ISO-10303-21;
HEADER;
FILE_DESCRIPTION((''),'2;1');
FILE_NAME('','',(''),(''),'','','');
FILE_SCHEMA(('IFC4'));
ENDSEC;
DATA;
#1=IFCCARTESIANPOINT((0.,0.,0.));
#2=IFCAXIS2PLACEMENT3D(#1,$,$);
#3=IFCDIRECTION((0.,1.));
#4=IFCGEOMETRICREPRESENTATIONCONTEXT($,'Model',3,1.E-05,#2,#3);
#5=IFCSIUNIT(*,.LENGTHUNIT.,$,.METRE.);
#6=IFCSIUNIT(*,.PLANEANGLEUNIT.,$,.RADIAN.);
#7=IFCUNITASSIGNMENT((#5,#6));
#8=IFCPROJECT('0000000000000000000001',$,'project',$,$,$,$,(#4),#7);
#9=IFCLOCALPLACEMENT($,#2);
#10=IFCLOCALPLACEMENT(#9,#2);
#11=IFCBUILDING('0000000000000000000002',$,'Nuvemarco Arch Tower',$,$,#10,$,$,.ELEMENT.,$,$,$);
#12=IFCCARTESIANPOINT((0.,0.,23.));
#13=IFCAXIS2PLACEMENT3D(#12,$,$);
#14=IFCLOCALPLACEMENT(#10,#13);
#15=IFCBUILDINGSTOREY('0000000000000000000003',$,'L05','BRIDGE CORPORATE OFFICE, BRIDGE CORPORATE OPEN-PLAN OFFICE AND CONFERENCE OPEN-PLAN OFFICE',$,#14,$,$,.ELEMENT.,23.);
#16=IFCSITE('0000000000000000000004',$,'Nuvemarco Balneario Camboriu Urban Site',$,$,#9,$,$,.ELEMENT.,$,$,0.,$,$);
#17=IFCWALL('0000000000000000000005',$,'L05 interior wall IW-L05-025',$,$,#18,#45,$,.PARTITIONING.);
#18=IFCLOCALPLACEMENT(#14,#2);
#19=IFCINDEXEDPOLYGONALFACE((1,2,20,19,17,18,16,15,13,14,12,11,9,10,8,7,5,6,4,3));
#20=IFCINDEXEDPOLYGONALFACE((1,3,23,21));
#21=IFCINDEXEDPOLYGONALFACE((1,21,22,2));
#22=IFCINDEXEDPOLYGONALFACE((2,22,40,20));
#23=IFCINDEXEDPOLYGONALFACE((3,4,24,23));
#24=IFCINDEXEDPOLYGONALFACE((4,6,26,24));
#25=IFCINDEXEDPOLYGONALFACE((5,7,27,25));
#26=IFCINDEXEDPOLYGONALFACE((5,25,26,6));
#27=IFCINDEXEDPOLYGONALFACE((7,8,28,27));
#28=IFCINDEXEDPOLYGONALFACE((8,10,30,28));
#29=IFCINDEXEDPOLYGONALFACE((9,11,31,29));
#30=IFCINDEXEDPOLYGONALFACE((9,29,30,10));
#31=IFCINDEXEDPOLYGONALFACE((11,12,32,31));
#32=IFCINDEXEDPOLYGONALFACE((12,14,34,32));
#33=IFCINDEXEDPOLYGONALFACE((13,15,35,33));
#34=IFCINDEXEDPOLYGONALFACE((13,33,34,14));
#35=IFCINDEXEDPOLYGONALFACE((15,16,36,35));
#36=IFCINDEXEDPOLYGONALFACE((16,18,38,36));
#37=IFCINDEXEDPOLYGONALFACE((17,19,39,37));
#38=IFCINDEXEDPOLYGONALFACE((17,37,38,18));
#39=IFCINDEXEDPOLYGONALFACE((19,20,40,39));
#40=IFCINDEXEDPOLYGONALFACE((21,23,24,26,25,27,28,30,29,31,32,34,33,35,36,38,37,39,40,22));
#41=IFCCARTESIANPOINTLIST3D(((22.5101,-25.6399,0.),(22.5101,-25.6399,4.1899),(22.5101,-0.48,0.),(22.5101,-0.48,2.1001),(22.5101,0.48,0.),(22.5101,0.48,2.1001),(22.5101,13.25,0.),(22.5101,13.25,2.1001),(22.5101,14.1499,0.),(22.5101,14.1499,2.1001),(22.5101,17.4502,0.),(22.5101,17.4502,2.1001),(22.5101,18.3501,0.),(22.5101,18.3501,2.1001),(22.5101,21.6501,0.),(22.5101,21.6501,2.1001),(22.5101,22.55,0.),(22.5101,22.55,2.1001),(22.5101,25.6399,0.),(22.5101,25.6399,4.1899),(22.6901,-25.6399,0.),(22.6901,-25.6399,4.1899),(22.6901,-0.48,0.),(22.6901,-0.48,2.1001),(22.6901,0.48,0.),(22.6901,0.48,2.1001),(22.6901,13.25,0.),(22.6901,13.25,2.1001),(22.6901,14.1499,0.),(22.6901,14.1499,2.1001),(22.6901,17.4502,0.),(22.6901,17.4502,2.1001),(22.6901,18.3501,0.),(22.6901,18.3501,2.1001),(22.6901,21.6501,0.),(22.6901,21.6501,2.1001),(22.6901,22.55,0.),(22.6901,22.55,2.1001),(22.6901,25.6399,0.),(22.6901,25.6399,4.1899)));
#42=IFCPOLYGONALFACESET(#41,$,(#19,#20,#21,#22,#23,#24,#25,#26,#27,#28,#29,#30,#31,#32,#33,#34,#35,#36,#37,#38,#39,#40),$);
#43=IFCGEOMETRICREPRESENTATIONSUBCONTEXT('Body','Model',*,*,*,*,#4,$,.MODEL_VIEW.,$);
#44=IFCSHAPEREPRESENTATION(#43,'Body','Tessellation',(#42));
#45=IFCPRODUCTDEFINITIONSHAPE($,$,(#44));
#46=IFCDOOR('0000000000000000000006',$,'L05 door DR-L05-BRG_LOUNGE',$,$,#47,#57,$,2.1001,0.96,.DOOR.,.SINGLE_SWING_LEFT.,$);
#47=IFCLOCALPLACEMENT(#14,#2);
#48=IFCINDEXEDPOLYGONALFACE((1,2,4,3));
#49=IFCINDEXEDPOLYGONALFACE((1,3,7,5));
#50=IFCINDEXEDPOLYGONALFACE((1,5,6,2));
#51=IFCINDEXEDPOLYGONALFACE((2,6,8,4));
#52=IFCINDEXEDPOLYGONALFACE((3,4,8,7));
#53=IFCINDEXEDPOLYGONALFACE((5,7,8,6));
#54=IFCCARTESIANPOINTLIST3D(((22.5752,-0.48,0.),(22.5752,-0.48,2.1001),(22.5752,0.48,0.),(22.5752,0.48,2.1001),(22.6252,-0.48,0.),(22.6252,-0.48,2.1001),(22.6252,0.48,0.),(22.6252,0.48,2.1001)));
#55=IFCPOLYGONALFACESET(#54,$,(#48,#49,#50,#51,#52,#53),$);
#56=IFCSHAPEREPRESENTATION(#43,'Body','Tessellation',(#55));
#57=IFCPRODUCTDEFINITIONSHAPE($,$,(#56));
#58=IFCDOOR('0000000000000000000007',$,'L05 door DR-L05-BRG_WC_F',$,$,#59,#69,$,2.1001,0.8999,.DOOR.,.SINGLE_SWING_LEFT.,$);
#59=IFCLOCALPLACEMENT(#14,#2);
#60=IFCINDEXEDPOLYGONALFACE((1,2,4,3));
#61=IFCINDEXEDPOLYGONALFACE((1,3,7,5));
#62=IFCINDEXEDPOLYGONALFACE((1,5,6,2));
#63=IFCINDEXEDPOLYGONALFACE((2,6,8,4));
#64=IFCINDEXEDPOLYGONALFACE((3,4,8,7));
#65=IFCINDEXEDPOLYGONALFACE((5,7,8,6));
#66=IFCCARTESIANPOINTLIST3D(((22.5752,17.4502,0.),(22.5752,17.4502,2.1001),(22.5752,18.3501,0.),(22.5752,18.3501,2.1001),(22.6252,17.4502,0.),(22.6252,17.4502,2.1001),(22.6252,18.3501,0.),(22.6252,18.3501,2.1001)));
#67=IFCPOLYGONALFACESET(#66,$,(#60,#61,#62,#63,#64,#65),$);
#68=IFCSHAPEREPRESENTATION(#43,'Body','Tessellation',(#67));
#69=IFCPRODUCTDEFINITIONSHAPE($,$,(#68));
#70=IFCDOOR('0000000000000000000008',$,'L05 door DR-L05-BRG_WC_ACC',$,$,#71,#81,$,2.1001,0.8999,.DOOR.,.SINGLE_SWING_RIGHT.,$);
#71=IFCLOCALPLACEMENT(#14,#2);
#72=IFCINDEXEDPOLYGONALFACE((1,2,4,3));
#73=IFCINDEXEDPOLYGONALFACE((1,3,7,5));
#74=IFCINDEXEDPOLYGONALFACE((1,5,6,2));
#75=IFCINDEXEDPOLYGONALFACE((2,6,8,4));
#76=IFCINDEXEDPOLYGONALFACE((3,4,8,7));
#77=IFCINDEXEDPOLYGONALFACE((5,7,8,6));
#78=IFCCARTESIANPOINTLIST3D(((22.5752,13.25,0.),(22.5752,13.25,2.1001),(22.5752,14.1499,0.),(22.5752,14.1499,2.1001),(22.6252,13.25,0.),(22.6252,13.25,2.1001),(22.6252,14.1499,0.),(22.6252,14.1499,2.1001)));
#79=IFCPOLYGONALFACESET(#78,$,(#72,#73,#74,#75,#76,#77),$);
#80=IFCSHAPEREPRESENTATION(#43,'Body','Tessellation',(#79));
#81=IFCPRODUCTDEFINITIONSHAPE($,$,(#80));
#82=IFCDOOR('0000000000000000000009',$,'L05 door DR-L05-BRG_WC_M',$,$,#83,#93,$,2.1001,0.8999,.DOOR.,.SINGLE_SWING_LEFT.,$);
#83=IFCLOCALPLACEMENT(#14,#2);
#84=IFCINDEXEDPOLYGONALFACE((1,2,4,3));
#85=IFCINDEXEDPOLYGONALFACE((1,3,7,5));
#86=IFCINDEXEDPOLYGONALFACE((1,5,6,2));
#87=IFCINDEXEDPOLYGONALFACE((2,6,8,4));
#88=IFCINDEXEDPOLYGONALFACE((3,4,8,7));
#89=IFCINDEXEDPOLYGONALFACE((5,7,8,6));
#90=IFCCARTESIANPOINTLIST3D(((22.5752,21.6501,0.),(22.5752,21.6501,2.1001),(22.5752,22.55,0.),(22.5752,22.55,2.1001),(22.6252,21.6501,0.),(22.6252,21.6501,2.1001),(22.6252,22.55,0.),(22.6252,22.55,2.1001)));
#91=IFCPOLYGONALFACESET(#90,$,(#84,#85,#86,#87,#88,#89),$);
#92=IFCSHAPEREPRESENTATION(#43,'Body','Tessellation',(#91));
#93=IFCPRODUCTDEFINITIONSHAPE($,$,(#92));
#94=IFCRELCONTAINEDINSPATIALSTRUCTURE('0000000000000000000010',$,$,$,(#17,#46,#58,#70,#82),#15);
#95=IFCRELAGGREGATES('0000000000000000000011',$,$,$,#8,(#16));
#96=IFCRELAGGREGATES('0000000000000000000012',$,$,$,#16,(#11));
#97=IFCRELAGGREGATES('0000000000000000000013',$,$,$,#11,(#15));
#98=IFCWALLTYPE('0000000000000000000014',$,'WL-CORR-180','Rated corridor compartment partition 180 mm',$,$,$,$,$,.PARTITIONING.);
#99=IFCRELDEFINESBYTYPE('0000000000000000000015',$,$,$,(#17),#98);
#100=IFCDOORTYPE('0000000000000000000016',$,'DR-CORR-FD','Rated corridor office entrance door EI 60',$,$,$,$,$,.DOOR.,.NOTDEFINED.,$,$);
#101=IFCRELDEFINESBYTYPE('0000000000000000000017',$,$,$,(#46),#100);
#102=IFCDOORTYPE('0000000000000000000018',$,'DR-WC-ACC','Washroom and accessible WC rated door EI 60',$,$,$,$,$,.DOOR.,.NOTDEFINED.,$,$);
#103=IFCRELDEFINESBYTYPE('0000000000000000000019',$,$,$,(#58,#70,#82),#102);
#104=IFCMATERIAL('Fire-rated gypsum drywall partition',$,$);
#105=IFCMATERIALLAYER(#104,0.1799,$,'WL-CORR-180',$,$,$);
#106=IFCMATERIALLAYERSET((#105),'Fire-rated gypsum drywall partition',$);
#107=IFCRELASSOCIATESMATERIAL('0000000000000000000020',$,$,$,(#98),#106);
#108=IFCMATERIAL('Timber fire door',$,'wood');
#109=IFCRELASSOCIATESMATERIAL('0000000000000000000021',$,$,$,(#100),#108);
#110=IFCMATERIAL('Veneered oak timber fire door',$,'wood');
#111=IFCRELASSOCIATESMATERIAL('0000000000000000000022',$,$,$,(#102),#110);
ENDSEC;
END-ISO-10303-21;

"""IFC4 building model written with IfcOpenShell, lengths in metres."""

from ifc_helpers import new_model, si_unit, direction, frame, frame_2d, origin, place, context, subcontext, project, spatial, rectangle, extrude, source, transform, mapped, material, layer, layer_set, type_object, type_shapes, element, fill, save


model = new_model("IFC4")

# Units and contexts
model_context = context("Model", 3, precision=1e-05, world=origin(), true_north=direction((0.0, 1.0)))
body_context = subcontext(model_context, "Body", "Model", "MODEL_VIEW")
ifc_project = project(units=[si_unit("LENGTHUNIT", "METRE"), si_unit("PLANEANGLEUNIT", "RADIAN")], contexts=[model_context])

# Site, building, storey
site_placement = place(None, origin())
site = spatial("IfcSite", under=ifc_project, at=site_placement, Name="Nuvemarco Balneario Camboriu Urban Site", CompositionType="ELEMENT", RefElevation=0.0)
building_placement = place(site_placement, origin())
building = spatial("IfcBuilding", under=site, at=building_placement, Name="Nuvemarco Arch Tower", CompositionType="ELEMENT")
storey_placement = place(building_placement, frame((0.0, 0.0, 23.0)))
storey = spatial("IfcBuildingStorey", under=building, at=storey_placement, Name="L05", Description="BRIDGE CORPORATE OFFICE, BRIDGE CORPORATE OPEN-PLAN OFFICE AND CONFERENCE OPEN-PLAN OFFICE", CompositionType="ELEMENT", Elevation=23.0)

# Wall, openings, doors
ifc_material_1 = material(Name="Fire-rated gypsum drywall partition")
ifc_layer_1 = layer(ifc_material_1, 0.1799, Name="WL-CORR-180")
ifc_layer_set_1 = layer_set([ifc_layer_1], Name="Fire-rated gypsum drywall partition")
wall_type_1 = type_object("IfcWallType", Name="WL-CORR-180", Description="Rated corridor compartment partition 180 mm", PredefinedType="PARTITIONING", material=ifc_layer_set_1)
wall_1_placement = place(storey_placement, frame((22.6001, -25.6399, 0.0), z_axis=(0.0, 0.0, 1.0), x_axis=(0.0, 1.0, 0.0)))
wall_1 = element("IfcWall", 1, at=wall_1_placement, inside=storey, type_object=wall_type_1, Name="L05 interior wall IW-L05-025", PredefinedType="PARTITIONING", context=body_context, shape_type="SweptSolid", body=[
    extrude(rectangle(XDim=51.2798, YDim=0.1799, at=frame_2d((25.6399, 0.0))), origin(), (0.0, 0.0, 1.0), 4.1899),
])
opening_1_placement = place(wall_1_placement, frame((25.1599, 0.0, 0.0)))
opening_1 = element("IfcOpeningElement", 2, at=opening_1_placement, cuts=wall_1, PredefinedType="OPENING", context=body_context, shape_type="SweptSolid", body=[
    extrude(rectangle(XDim=0.96, YDim=2.1001, at=frame_2d((0.48, 1.05))), frame((0.0, 0.0999, 0.0), z_axis=(0.0, -1.0, 0.0), x_axis=(1.0, 0.0, 0.0)), (0.0, 0.0, 1.0), 0.2),
])
opening_2_placement = place(wall_1_placement, frame((43.0901, 0.0, 0.0)))
opening_2 = element("IfcOpeningElement", 3, at=opening_2_placement, cuts=wall_1, PredefinedType="OPENING", context=body_context, shape_type="SweptSolid", body=[
    extrude(rectangle(XDim=0.8999, YDim=2.1001, at=frame_2d((0.45, 1.05))), frame((0.0, 0.0999, 0.0), z_axis=(0.0, -1.0, 0.0), x_axis=(1.0, 0.0, 0.0)), (0.0, 0.0, 1.0), 0.2),
])
opening_3_placement = place(wall_1_placement, frame((38.8899, 0.0, 0.0)))
opening_3 = element("IfcOpeningElement", 4, at=opening_3_placement, cuts=wall_1, PredefinedType="OPENING", context=body_context, shape_type="SweptSolid", body=[
    extrude(rectangle(XDim=0.8999, YDim=2.1001, at=frame_2d((0.45, 1.05))), frame((0.0, 0.0999, 0.0), z_axis=(0.0, -1.0, 0.0), x_axis=(1.0, 0.0, 0.0)), (0.0, 0.0, 1.0), 0.2),
])
opening_4_placement = place(wall_1_placement, frame((47.29, 0.0, 0.0)))
opening_4 = element("IfcOpeningElement", 5, at=opening_4_placement, cuts=wall_1, PredefinedType="OPENING", context=body_context, shape_type="SweptSolid", body=[
    extrude(rectangle(XDim=0.8999, YDim=2.1001, at=frame_2d((0.45, 1.05))), frame((0.0, 0.0999, 0.0), z_axis=(0.0, -1.0, 0.0), x_axis=(1.0, 0.0, 0.0)), (0.0, 0.0, 1.0), 0.2),
])
ifc_material_2 = material(Name="Timber fire door", Category="wood")
door_type_1 = type_object("IfcDoorType", Name="DR-CORR-FD", Description="Rated corridor office entrance door EI 60", OperationType="NOTDEFINED", PredefinedType="DOOR", material=ifc_material_2)
shared_shape_1 = source(origin(), body_context, "Body", "SweptSolid", [
    extrude(rectangle(XDim=0.96, YDim=2.1001, at=frame_2d((0.48, 1.05))), frame((0.0, 0.0249, 0.0), z_axis=(0.0, -1.0, 0.0), x_axis=(1.0, 0.0, 0.0)), (0.0, 0.0, 1.0), 0.05),
])
type_shapes(door_type_1, [shared_shape_1])
door_1_placement = place(opening_1_placement, origin())
door_1 = element("IfcDoor", 6, at=door_1_placement, inside=storey, type_object=door_type_1, Name="L05 door DR-L05-BRG_LOUNGE", OperationType="SINGLE_SWING_LEFT", OverallHeight=2.1001, OverallWidth=0.96, PredefinedType="DOOR", context=body_context, shape_type="MappedRepresentation", body=[
    mapped(shared_shape_1, transform((0.0, 0.0, 0.0), scale=1.0)),
])
fill(opening_1, door_1)
ifc_material_3 = material(Name="Veneered oak timber fire door", Category="wood")
door_type_2 = type_object("IfcDoorType", Name="DR-WC-ACC", Description="Washroom and accessible WC rated door EI 60", OperationType="NOTDEFINED", PredefinedType="DOOR", material=ifc_material_3)
shared_shape_2 = source(origin(), body_context, "Body", "SweptSolid", [
    extrude(rectangle(XDim=0.8999, YDim=2.1001, at=frame_2d((0.45, 1.05))), frame((0.0, 0.0249, 0.0), z_axis=(0.0, -1.0, 0.0), x_axis=(1.0, 0.0, 0.0)), (0.0, 0.0, 1.0), 0.05),
])
type_shapes(door_type_2, [shared_shape_2])
door_2_placement = place(opening_2_placement, origin())
door_2 = element("IfcDoor", 7, at=door_2_placement, inside=storey, type_object=door_type_2, Name="L05 door DR-L05-BRG_WC_F", OperationType="SINGLE_SWING_LEFT", OverallHeight=2.1001, OverallWidth=0.8999, PredefinedType="DOOR", context=body_context, shape_type="MappedRepresentation", body=[
    mapped(shared_shape_2, transform((0.0, 0.0, 0.0), scale=1.0)),
])
fill(opening_2, door_2)
door_3_placement = place(opening_3_placement, origin())
door_3 = element("IfcDoor", 8, at=door_3_placement, inside=storey, type_object=door_type_2, Name="L05 door DR-L05-BRG_WC_ACC", OperationType="SINGLE_SWING_RIGHT", OverallHeight=2.1001, OverallWidth=0.8999, PredefinedType="DOOR", context=body_context, shape_type="MappedRepresentation", body=[
    mapped(shared_shape_2, transform((0.0, 0.0, 0.0), scale=1.0)),
])
fill(opening_3, door_3)
door_4_placement = place(opening_4_placement, origin())
door_4 = element("IfcDoor", 9, at=door_4_placement, inside=storey, type_object=door_type_2, Name="L05 door DR-L05-BRG_WC_M", OperationType="SINGLE_SWING_LEFT", OverallHeight=2.1001, OverallWidth=0.8999, PredefinedType="DOOR", context=body_context, shape_type="MappedRepresentation", body=[
    mapped(shared_shape_2, transform((0.0, 0.0, 0.0), scale=1.0)),
])
fill(opening_4, door_4)

save(model, "model.ifc")
